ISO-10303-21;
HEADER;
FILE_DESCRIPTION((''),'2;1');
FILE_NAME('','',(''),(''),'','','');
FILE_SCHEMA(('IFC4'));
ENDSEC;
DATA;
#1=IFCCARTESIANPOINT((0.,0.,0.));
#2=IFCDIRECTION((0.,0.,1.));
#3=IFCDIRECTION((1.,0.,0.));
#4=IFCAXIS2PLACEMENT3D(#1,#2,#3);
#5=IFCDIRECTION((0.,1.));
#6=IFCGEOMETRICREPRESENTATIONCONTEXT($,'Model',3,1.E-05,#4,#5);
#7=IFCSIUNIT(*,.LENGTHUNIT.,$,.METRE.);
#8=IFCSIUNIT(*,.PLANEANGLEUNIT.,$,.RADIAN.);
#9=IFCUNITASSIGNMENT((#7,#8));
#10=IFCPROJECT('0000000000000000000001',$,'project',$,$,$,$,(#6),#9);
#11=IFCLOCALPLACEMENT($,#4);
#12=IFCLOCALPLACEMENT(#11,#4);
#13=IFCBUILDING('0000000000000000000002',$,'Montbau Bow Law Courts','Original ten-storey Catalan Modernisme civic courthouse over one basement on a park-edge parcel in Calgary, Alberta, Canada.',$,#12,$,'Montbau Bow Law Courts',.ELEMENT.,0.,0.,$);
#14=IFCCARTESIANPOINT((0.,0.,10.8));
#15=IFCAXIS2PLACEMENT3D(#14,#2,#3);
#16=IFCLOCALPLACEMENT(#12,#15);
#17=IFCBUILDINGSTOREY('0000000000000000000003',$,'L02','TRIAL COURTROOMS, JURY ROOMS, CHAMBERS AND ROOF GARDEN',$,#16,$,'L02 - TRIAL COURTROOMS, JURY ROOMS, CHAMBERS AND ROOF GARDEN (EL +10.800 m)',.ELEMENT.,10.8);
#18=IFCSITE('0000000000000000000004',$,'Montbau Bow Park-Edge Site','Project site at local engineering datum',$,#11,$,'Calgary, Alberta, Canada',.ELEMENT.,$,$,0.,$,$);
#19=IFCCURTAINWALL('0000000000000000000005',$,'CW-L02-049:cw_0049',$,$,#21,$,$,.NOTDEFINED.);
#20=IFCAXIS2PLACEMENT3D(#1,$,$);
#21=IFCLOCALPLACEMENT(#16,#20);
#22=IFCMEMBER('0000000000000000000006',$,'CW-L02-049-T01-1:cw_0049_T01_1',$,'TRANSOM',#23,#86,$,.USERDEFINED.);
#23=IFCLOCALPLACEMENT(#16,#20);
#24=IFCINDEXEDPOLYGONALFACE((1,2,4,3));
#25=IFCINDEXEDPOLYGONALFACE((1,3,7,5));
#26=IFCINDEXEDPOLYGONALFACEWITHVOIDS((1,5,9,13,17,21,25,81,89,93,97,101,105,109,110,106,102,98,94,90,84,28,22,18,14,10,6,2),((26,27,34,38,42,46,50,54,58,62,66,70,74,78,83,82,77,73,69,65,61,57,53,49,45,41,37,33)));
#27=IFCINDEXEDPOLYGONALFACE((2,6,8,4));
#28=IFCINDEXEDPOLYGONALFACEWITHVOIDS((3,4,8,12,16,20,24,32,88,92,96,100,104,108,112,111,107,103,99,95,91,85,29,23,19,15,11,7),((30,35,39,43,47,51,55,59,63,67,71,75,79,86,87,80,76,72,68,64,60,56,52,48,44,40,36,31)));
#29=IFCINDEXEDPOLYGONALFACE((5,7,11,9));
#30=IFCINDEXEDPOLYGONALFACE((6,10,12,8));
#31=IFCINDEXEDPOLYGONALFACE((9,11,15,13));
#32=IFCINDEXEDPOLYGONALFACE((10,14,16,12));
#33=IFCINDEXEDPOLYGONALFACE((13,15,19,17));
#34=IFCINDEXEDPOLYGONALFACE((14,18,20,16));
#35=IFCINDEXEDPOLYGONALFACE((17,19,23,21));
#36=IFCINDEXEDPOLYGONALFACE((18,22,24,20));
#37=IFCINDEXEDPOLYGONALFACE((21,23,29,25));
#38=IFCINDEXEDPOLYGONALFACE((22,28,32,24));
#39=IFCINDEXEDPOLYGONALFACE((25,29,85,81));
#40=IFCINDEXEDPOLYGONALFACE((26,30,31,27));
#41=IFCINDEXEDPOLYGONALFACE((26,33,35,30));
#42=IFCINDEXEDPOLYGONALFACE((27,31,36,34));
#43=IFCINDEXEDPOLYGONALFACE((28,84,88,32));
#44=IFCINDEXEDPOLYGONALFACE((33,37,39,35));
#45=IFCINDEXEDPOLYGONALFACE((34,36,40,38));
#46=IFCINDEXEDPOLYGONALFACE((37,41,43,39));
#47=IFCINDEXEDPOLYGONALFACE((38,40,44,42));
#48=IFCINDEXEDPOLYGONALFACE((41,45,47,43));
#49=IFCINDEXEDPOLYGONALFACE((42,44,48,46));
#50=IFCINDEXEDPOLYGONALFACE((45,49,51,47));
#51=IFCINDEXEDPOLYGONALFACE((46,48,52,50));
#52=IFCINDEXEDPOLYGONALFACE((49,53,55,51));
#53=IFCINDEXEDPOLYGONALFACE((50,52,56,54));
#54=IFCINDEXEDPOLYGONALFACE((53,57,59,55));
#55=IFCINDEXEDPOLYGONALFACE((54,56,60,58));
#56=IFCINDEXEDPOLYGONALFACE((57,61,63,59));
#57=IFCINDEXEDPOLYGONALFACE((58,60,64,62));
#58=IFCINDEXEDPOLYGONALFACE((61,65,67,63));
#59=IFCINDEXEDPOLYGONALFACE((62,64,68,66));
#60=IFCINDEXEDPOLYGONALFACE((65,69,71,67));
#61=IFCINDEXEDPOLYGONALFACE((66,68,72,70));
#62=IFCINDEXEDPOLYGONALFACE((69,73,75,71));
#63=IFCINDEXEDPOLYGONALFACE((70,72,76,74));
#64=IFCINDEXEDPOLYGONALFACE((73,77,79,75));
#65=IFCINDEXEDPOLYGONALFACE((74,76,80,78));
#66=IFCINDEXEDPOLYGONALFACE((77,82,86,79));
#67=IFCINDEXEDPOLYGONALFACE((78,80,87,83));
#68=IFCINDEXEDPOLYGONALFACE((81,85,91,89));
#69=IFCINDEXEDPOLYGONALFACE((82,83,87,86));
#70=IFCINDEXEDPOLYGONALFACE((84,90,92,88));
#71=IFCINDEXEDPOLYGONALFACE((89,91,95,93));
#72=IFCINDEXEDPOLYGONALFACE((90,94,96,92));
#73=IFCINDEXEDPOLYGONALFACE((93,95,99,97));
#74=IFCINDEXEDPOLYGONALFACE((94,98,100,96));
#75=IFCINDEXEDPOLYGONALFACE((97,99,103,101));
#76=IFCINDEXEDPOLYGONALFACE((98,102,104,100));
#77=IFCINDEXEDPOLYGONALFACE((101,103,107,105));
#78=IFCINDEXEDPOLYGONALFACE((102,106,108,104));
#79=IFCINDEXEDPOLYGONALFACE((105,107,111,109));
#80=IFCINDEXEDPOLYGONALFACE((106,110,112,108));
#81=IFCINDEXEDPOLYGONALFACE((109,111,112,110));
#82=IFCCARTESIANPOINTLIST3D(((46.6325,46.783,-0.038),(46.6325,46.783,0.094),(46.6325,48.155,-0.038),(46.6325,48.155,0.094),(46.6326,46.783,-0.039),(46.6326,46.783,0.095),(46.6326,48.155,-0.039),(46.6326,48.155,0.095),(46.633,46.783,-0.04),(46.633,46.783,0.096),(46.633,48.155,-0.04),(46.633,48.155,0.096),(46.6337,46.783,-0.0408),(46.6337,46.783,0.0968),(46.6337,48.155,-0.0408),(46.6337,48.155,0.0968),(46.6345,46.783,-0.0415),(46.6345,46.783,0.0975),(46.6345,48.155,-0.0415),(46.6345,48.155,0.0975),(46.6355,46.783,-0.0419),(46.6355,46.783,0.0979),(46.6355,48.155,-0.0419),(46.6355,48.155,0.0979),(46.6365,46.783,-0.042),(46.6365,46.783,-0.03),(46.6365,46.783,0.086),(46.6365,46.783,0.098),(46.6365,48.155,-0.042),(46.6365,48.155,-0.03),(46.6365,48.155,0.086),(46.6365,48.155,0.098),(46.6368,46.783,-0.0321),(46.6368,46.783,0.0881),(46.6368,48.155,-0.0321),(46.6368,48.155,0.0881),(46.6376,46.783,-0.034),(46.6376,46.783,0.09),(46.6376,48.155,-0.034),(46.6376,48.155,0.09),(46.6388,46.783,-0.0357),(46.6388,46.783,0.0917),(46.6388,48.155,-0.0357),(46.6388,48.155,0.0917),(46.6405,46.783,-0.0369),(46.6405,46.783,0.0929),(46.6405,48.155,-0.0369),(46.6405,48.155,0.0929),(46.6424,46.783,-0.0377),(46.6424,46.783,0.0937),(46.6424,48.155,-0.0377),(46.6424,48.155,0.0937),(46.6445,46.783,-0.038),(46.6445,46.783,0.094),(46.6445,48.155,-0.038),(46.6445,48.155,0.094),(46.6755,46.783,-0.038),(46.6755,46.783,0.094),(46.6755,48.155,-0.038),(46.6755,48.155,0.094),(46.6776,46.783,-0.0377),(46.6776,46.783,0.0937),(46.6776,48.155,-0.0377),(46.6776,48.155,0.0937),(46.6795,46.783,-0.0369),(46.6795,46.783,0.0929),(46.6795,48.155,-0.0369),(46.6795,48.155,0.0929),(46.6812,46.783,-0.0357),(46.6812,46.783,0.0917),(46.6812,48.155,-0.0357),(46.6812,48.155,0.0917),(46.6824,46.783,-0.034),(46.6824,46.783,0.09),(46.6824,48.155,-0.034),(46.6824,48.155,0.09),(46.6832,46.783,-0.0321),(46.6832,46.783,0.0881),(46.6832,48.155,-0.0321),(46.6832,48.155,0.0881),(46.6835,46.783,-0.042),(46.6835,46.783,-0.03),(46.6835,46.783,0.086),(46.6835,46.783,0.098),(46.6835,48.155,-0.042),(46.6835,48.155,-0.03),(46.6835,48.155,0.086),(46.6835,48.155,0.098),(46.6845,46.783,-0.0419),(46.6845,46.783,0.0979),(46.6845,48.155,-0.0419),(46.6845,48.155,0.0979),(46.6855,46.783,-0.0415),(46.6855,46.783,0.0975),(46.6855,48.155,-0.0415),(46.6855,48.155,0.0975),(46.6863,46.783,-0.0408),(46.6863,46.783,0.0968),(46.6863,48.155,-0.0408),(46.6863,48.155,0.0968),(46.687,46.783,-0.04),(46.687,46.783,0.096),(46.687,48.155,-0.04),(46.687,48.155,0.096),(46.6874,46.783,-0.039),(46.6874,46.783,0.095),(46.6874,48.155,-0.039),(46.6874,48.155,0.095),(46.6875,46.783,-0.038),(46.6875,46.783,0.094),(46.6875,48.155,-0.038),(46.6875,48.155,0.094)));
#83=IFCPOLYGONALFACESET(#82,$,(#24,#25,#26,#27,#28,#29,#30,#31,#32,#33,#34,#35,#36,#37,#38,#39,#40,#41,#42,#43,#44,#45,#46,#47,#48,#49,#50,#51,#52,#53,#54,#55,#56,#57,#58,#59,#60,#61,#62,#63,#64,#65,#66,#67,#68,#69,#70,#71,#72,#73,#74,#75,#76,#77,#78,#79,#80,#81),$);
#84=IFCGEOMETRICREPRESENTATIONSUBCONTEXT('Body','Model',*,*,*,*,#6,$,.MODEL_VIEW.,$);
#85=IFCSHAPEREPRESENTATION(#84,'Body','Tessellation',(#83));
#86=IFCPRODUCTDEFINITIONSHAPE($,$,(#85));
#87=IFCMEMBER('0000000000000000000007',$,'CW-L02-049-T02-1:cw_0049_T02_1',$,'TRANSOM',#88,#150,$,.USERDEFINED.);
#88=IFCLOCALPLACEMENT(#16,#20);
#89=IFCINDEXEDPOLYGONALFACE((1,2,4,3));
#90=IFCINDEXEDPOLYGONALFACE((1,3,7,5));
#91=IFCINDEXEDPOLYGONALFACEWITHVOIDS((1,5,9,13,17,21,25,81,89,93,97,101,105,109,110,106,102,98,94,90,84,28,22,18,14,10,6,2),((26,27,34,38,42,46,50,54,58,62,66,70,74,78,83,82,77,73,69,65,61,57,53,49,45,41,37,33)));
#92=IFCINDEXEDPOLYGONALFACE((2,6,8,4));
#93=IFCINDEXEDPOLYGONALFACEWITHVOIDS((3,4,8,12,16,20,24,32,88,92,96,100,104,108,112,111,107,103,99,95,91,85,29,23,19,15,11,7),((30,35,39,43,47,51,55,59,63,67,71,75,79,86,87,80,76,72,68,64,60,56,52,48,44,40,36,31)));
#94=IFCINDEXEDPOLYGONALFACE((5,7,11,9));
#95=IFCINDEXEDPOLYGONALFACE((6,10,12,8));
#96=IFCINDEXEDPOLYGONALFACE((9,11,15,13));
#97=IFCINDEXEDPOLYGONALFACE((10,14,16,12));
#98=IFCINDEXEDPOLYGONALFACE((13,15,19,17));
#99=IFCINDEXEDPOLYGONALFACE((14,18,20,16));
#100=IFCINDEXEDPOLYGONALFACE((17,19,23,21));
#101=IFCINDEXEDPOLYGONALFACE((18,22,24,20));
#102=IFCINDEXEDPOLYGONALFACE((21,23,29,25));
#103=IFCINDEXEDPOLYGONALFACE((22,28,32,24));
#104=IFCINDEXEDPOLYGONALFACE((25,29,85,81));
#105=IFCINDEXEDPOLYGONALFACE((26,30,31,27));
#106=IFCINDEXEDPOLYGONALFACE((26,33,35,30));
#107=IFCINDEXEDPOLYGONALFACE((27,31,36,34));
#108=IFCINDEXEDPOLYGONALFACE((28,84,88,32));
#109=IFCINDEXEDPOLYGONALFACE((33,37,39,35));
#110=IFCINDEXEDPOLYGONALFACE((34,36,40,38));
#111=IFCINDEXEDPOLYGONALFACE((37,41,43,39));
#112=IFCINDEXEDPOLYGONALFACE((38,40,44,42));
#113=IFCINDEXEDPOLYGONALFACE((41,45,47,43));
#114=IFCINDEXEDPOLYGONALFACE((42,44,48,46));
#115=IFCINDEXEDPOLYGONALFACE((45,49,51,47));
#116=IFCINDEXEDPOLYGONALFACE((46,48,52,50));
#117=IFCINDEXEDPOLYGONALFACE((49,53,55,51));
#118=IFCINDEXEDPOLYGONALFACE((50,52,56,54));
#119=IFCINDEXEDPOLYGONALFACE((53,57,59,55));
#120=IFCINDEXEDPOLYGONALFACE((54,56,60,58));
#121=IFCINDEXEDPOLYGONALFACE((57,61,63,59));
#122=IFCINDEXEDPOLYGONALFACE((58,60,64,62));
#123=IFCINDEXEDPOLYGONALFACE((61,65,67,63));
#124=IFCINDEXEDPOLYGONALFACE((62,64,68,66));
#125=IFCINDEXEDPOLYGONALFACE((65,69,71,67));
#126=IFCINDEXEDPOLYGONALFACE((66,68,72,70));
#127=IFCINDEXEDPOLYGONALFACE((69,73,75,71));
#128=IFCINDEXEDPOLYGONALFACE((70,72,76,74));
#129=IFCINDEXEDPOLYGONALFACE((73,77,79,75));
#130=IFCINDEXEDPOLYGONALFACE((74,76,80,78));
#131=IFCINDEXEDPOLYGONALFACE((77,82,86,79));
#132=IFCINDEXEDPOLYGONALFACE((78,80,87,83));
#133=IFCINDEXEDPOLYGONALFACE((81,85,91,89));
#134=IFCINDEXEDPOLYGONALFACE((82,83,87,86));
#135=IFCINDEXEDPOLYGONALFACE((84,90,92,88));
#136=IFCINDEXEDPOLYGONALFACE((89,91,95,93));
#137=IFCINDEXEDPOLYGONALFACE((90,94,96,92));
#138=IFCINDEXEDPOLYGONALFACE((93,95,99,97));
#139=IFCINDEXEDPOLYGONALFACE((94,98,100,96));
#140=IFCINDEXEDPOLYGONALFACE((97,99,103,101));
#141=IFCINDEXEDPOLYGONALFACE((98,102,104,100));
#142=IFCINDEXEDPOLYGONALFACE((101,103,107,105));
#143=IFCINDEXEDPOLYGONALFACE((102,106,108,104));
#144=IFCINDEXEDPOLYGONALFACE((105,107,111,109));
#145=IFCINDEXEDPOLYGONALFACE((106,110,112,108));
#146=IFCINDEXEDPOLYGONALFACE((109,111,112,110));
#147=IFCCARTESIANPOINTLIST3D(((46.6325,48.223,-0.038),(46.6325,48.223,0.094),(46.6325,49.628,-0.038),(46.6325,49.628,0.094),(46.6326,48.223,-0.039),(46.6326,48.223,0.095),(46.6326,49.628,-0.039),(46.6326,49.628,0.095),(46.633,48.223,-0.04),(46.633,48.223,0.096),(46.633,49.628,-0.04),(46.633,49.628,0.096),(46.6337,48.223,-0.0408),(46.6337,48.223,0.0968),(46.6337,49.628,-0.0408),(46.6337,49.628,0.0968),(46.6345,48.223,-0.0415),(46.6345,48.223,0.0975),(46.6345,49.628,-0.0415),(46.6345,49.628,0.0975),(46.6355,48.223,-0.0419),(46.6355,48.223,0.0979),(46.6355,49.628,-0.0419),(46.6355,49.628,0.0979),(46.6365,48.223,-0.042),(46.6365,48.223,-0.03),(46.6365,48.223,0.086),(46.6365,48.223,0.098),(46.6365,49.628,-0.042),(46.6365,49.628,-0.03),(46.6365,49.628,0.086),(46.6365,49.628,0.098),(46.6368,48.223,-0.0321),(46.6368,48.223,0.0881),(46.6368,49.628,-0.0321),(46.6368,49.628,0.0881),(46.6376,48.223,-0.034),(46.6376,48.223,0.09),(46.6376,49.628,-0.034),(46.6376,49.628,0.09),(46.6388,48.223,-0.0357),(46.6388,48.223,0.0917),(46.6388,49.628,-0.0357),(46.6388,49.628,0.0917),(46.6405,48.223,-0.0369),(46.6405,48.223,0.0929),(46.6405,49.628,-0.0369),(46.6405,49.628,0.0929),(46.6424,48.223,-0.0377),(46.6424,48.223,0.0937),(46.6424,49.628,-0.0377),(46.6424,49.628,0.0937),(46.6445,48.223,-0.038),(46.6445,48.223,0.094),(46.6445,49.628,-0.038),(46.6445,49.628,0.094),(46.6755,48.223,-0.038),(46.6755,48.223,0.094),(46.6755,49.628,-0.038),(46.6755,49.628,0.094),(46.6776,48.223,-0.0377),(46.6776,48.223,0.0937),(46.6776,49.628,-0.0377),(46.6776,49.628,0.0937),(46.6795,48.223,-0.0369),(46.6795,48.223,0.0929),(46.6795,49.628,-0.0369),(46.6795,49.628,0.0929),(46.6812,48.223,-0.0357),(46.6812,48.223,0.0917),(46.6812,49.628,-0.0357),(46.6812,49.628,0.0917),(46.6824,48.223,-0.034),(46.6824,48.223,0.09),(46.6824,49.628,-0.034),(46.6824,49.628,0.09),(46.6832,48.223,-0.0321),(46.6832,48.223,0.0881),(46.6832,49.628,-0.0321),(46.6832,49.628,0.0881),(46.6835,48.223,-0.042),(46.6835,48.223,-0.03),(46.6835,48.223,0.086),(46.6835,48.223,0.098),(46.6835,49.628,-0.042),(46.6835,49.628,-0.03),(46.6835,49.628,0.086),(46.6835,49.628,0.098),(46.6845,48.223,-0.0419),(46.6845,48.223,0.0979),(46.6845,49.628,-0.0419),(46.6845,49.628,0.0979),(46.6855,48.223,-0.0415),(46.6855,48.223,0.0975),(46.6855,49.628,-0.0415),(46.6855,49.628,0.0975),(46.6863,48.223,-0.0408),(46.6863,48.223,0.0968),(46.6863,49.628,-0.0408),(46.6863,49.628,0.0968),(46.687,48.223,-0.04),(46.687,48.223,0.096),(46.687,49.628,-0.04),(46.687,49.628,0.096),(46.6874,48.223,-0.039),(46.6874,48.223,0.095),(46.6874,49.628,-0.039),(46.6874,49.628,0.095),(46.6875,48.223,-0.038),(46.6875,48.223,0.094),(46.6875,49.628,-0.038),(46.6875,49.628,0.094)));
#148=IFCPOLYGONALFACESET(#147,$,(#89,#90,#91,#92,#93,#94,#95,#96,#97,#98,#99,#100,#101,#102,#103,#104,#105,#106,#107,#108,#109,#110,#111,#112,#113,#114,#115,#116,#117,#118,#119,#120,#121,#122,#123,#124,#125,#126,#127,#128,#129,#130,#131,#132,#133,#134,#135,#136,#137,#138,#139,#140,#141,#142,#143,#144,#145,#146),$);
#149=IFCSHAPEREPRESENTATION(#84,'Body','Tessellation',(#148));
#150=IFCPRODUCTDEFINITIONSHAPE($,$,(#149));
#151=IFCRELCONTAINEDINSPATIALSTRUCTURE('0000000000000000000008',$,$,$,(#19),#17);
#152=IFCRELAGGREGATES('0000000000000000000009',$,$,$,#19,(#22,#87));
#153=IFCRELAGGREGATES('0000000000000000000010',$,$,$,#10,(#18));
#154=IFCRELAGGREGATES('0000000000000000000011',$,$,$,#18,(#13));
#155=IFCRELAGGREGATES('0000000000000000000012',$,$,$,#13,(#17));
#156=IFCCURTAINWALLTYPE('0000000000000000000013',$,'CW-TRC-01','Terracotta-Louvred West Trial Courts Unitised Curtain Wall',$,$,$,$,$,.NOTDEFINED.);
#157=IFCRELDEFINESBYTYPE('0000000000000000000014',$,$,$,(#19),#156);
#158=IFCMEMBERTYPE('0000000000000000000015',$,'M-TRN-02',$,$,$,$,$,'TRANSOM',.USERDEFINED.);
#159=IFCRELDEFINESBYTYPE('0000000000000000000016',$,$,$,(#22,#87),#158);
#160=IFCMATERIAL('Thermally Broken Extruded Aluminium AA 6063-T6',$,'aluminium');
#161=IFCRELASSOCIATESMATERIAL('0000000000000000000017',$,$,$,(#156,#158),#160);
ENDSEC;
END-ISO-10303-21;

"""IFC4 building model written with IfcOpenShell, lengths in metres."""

from ifc_helpers import new_model, si_unit, direction, frame, origin_with_axes, origin_2d_with_axis, place, context, subcontext, project, spatial, hollow_rectangle, extrude, material, material_profile, profile_set, type_object, element, aggregate, save


model = new_model("IFC4")

# Units and contexts
model_context = context("Model", 3, precision=1e-05, world=origin_with_axes(), true_north=direction((0.0, 1.0)))
body_context = subcontext(model_context, "Body", "Model", "MODEL_VIEW")
ifc_project = project(units=[si_unit("LENGTHUNIT", "METRE"), si_unit("PLANEANGLEUNIT", "RADIAN")], contexts=[model_context])

# Site, building, storey
site_placement = place(None, origin_with_axes())
site = spatial("IfcSite", under=ifc_project, at=site_placement, Name="Montbau Bow Park-Edge Site", Description="Project site at local engineering datum", LongName="Calgary, Alberta, Canada", CompositionType="ELEMENT", RefElevation=0.0)
building_placement = place(site_placement, origin_with_axes())
building = spatial("IfcBuilding", under=site, at=building_placement, Name="Montbau Bow Law Courts", Description="Original ten-storey Catalan Modernisme civic courthouse over one basement on a park-edge parcel in Calgary, Alberta, Canada.", LongName="Montbau Bow Law Courts", CompositionType="ELEMENT", ElevationOfRefHeight=0.0, ElevationOfTerrain=0.0)
storey_placement = place(building_placement, frame((0.0, 0.0, 10.8), z_axis=(0.0, 0.0, 1.0), x_axis=(1.0, 0.0, 0.0)))
storey = spatial("IfcBuildingStorey", under=building, at=storey_placement, Name="L02", Description="TRIAL COURTROOMS, JURY ROOMS, CHAMBERS AND ROOF GARDEN", LongName="L02 - TRIAL COURTROOMS, JURY ROOMS, CHAMBERS AND ROOF GARDEN (EL +10.800 m)", CompositionType="ELEMENT", Elevation=10.8)

# Curtain wall
ifc_material_1 = material(Name="Thermally Broken Extruded Aluminium AA 6063-T6", Category="aluminium")
curtain_wall_type_1 = type_object("IfcCurtainWallType", Name="CW-TRC-01", Description="Terracotta-Louvred West Trial Courts Unitised Curtain Wall", PredefinedType="NOTDEFINED", material=ifc_material_1)
curtain_wall_1_placement = place(None, frame((46.66, 46.715, 10.8), z_axis=(0.0, 0.0, 1.0), x_axis=(1.0, 0.0, 0.0)))
curtain_wall_1 = element("IfcCurtainWall", 1, at=curtain_wall_1_placement, inside=storey, type_object=curtain_wall_type_1, Name="CW-L02-049:cw_0049", PredefinedType="NOTDEFINED")

# Members
ifc_material_profile_1 = material_profile(ifc_material_1, hollow_rectangle(XDim=0.055, YDim=0.14, WallThickness=0.004, InnerFilletRadius=0.008, OuterFilletRadius=0.004, at=origin_2d_with_axis()), Name="CWT-140X55", Category="Main", Priority=0)
ifc_profile_set_1 = profile_set([ifc_material_profile_1], Name="Thermally Broken Extruded Aluminium AA 6063-T6")
member_type_1 = type_object("IfcMemberType", Name="M-TRN-02", ElementType="TRANSOM", PredefinedType="USERDEFINED", material=ifc_profile_set_1)
member_1_placement = place(None, frame((46.66, 46.783, 10.828), z_axis=(0.0, 1.0, 0.0), x_axis=(-1.0, 0.0, 0.0)))
member_1 = element("IfcMember", 2, at=member_1_placement, type_object=member_type_1, Name="CW-L02-049-T01-1:cw_0049_T01_1", ObjectType="TRANSOM", PredefinedType="USERDEFINED", context=body_context, shape_type="SweptSolid", body=[
    extrude(hollow_rectangle(XDim=0.055, YDim=0.14, WallThickness=0.004, InnerFilletRadius=0.008, OuterFilletRadius=0.004, at=origin_2d_with_axis()), origin_with_axes(), (0.0, 0.0, 1.0), 1.372),
])
member_2_placement = place(None, frame((46.66, 48.223, 10.828), z_axis=(0.0, 1.0, 0.0), x_axis=(-1.0, 0.0, 0.0)))
member_2 = element("IfcMember", 3, at=member_2_placement, type_object=member_type_1, Name="CW-L02-049-T02-1:cw_0049_T02_1", ObjectType="TRANSOM", PredefinedType="USERDEFINED", context=body_context, shape_type="SweptSolid", body=[
    extrude(hollow_rectangle(XDim=0.055, YDim=0.14, WallThickness=0.004, InnerFilletRadius=0.008, OuterFilletRadius=0.004, at=origin_2d_with_axis()), origin_with_axes(), (0.0, 0.0, 1.0), 1.405),
])

aggregate(curtain_wall_1, [member_1, member_2])

save(model, "model.ifc")
